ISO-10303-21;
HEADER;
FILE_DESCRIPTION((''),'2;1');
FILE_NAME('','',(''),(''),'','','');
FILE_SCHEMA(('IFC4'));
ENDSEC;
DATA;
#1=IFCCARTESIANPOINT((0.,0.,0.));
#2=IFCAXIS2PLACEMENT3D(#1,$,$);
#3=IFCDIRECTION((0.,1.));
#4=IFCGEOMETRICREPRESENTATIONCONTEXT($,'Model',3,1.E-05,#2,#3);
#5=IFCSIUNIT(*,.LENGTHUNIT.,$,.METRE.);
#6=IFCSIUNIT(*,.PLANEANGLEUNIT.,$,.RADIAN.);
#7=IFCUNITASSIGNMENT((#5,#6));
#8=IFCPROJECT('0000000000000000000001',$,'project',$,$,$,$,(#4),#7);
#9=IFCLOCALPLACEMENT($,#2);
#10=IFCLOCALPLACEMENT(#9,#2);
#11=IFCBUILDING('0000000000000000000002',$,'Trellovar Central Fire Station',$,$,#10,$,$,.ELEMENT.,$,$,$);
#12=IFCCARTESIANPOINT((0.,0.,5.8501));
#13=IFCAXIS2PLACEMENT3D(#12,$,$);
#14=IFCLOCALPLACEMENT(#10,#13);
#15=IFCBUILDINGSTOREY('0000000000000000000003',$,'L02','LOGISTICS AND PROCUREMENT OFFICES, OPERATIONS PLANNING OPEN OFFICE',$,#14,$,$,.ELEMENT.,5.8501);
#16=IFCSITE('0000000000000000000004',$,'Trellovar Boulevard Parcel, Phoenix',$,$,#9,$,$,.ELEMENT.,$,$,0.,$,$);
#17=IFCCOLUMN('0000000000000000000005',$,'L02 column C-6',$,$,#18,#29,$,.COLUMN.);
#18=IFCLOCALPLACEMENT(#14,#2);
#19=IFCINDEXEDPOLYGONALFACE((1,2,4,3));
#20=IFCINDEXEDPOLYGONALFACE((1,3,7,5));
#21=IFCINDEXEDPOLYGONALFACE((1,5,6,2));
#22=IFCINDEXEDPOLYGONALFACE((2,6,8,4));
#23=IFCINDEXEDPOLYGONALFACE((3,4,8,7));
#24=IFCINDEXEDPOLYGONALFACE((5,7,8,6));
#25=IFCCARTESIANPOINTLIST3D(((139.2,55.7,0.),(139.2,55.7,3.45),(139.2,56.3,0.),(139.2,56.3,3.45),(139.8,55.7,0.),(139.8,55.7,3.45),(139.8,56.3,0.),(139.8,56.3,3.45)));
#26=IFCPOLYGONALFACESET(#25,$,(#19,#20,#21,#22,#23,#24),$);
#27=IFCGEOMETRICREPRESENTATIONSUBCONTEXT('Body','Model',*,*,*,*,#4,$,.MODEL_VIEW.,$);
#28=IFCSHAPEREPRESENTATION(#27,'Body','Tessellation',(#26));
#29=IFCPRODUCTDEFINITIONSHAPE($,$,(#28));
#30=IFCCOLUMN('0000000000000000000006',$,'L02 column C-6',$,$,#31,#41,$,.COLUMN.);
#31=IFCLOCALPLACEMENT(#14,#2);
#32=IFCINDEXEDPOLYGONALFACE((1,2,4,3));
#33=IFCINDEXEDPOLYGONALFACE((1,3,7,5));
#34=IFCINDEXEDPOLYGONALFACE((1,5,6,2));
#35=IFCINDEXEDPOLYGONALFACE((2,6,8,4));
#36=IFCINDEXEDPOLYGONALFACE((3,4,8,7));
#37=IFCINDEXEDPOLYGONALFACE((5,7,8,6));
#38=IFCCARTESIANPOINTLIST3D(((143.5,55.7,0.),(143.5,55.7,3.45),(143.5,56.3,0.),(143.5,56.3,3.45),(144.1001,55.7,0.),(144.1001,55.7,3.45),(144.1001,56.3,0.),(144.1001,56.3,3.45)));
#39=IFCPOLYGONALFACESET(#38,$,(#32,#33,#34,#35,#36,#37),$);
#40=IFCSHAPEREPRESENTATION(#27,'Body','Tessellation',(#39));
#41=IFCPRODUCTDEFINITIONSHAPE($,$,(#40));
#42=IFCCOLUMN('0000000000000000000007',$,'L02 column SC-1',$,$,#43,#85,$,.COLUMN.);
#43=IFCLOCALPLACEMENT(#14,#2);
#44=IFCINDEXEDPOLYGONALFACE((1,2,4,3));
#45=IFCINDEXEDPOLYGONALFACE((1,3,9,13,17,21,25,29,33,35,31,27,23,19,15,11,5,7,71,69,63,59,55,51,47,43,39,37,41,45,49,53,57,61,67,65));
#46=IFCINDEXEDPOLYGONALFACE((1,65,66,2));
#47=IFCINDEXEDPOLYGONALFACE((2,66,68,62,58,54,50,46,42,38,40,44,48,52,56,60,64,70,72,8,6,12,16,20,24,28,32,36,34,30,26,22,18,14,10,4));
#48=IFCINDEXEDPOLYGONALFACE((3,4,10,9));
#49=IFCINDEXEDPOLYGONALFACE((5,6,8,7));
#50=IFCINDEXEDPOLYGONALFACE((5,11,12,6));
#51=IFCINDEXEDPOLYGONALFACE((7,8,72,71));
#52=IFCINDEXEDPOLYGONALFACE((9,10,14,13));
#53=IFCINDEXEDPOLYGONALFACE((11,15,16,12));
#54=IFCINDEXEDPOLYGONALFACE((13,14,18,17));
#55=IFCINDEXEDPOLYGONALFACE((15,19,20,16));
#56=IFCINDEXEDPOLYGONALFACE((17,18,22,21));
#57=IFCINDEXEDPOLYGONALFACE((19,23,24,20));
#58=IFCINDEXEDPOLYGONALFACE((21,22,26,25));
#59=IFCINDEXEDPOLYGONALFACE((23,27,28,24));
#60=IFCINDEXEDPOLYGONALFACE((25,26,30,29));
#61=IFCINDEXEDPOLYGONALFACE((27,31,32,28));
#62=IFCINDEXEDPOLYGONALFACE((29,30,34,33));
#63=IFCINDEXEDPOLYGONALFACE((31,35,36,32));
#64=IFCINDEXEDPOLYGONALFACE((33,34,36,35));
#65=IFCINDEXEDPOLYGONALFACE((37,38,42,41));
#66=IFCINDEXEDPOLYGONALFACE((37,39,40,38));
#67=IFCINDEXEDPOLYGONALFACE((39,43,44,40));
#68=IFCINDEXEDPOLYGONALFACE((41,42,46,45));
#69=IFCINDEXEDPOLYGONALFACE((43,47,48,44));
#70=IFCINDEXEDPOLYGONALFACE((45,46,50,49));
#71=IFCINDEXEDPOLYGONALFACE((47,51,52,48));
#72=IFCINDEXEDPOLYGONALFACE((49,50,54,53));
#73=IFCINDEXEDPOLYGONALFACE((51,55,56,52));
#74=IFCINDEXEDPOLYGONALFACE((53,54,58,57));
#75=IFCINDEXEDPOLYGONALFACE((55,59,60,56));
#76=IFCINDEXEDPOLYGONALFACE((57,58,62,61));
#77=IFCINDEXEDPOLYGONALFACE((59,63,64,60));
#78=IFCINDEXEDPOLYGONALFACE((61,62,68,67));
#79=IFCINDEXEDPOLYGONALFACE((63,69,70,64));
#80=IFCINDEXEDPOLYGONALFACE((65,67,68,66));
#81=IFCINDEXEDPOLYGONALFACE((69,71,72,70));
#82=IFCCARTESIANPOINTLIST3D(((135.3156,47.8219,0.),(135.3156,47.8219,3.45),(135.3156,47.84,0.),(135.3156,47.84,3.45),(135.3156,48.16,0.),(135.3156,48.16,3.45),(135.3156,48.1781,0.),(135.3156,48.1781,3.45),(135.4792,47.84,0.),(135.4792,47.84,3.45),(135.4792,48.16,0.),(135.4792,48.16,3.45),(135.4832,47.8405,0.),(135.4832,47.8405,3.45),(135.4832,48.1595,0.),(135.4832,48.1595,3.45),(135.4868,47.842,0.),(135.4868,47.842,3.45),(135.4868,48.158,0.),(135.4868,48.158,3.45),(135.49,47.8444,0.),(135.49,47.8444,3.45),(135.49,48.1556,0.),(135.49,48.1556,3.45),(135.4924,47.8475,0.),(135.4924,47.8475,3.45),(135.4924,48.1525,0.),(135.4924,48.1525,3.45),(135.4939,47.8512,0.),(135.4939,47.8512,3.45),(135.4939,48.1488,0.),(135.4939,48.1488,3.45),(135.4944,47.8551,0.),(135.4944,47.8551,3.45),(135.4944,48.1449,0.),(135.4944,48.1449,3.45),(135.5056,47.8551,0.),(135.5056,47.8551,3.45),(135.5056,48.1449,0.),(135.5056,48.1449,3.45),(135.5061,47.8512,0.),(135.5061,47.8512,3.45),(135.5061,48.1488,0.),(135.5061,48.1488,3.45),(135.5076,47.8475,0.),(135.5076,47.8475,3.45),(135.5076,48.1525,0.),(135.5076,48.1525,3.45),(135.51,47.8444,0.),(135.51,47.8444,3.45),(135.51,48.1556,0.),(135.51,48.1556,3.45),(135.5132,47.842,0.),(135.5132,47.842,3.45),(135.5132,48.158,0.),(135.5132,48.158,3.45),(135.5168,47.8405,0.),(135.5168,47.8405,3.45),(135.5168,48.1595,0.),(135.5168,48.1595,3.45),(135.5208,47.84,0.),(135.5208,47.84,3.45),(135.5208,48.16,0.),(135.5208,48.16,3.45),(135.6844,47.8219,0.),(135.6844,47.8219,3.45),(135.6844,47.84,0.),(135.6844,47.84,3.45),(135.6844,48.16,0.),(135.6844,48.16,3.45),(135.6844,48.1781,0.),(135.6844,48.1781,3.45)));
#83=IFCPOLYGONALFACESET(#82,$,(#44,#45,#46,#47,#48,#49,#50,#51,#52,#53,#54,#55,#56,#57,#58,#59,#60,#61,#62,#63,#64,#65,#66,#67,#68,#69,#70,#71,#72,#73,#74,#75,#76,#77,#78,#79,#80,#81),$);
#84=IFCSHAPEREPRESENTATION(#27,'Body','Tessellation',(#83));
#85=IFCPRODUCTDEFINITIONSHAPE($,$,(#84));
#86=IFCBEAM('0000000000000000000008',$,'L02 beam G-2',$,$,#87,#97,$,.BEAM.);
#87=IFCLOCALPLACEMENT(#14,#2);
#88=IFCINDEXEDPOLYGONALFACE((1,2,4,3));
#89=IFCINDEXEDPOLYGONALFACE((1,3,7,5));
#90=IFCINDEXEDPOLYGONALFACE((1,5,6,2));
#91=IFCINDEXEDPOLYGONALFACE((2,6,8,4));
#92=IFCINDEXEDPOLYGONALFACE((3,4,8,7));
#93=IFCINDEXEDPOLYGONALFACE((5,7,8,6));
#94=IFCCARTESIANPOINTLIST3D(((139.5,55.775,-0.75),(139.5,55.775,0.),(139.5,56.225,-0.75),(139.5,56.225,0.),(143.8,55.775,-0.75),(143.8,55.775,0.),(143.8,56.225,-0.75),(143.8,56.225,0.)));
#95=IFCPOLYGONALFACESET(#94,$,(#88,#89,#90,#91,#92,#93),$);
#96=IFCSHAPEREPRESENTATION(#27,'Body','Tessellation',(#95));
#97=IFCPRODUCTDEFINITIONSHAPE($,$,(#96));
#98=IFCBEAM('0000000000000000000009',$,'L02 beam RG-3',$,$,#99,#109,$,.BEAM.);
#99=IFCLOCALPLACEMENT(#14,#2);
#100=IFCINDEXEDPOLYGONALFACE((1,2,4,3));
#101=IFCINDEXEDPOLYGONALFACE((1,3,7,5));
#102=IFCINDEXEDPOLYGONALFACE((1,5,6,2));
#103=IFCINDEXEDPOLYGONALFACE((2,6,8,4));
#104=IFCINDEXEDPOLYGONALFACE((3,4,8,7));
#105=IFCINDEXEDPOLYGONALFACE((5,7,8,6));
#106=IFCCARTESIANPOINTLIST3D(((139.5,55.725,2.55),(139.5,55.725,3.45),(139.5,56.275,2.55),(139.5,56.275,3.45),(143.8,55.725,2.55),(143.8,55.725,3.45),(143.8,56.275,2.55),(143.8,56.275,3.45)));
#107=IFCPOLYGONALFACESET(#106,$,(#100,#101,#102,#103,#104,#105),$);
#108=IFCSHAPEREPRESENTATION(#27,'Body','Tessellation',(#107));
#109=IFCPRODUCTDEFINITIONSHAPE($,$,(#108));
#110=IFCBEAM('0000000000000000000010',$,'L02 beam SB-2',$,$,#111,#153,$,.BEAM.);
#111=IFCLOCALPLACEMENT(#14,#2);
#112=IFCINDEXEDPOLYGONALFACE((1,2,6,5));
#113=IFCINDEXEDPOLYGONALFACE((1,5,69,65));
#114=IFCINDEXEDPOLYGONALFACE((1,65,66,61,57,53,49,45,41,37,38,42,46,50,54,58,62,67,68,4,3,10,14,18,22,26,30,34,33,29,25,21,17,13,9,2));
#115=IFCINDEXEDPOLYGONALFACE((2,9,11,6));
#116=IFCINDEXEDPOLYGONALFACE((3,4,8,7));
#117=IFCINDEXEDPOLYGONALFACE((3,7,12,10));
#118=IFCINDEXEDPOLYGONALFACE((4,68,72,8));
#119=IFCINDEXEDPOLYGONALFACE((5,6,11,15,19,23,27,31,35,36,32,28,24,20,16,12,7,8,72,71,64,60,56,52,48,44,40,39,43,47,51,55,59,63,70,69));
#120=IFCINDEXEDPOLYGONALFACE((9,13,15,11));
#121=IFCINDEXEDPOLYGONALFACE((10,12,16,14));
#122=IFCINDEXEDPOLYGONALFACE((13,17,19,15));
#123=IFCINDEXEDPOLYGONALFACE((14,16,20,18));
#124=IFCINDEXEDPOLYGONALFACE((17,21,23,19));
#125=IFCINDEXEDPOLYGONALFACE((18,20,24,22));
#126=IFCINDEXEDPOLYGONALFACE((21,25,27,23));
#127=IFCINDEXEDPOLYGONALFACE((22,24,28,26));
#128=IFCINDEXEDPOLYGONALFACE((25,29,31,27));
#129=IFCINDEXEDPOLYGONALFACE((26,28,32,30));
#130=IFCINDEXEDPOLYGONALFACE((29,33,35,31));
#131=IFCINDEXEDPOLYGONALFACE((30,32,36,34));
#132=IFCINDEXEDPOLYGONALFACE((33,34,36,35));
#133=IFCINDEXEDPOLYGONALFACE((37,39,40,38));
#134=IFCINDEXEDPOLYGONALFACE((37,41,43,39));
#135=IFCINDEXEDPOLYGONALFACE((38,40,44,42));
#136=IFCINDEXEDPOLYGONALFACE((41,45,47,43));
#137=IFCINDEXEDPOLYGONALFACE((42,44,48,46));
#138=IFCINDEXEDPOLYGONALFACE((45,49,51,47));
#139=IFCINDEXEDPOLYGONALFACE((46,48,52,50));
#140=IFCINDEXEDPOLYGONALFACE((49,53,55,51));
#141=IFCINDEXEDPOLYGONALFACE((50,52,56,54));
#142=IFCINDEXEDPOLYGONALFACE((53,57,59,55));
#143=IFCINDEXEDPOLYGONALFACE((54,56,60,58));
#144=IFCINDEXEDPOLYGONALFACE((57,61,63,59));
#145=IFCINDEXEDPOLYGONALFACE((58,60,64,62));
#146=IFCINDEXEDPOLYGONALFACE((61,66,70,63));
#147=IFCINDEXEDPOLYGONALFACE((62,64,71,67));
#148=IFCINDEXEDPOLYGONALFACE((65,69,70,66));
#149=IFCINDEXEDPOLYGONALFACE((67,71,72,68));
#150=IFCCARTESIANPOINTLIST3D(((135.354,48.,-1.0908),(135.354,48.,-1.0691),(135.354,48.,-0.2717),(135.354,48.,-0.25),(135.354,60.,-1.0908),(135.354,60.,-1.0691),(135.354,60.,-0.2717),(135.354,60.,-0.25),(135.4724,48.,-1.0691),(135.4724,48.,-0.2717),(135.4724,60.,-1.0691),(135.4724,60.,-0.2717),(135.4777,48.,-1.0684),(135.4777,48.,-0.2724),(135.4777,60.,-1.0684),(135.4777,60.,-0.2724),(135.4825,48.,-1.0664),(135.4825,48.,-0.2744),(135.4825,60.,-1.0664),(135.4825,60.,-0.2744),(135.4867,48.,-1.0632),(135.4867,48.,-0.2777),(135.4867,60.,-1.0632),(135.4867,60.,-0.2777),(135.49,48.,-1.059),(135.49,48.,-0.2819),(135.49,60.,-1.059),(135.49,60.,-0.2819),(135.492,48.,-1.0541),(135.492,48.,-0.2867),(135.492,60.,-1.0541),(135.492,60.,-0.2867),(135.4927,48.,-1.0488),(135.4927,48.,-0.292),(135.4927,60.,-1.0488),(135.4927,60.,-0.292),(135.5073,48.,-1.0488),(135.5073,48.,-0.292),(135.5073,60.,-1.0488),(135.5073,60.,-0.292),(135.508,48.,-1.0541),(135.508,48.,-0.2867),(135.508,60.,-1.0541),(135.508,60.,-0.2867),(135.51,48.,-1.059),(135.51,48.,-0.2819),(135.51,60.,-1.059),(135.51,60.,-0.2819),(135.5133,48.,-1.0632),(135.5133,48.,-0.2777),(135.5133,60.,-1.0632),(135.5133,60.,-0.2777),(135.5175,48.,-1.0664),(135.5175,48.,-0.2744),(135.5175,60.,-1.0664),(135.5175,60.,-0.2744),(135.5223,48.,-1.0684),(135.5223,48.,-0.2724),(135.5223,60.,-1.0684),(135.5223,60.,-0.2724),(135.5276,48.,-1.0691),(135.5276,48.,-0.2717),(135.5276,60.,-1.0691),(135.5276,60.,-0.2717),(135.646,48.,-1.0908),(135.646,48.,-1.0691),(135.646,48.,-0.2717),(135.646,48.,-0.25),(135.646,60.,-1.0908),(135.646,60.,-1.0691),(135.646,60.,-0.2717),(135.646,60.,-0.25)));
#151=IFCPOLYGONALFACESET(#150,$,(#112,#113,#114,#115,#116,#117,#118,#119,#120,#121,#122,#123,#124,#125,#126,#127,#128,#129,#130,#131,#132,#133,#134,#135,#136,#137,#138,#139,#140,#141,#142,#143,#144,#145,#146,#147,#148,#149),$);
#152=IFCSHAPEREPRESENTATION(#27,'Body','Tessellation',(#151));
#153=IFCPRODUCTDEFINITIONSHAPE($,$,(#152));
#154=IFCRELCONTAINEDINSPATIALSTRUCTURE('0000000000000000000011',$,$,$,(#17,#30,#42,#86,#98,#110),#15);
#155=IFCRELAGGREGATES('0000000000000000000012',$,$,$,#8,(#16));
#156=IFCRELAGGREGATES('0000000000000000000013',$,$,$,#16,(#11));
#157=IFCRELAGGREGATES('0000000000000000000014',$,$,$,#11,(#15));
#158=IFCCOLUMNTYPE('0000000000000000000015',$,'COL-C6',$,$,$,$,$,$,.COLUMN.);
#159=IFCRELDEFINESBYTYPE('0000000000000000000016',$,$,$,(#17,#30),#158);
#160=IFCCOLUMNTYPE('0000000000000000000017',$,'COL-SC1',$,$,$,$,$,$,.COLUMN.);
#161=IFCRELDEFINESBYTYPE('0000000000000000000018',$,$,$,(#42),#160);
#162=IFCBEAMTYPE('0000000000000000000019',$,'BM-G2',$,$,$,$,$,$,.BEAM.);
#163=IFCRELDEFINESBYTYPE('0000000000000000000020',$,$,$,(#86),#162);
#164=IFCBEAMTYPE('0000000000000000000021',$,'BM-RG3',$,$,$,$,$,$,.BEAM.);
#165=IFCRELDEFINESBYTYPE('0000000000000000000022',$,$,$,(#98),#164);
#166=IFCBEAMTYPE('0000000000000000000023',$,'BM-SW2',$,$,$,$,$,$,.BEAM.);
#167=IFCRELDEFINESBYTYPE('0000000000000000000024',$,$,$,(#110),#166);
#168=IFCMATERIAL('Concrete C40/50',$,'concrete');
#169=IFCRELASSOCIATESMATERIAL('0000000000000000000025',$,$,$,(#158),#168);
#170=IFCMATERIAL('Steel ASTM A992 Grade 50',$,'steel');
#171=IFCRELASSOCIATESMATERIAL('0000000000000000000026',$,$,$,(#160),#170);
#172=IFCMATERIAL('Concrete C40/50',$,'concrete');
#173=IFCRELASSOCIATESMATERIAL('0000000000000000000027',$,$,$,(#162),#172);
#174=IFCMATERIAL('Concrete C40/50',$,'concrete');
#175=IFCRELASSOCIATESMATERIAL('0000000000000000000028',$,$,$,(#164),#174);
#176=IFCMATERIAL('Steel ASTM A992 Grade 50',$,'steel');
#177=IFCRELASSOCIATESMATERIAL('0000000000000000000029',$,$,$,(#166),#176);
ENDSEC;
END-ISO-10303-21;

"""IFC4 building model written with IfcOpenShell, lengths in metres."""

from ifc_helpers import new_model, si_unit, direction, frame, origin, origin_2d, place, context, subcontext, project, spatial, rectangle, i_section, extrude, material, material_profile, profile_set, type_object, element, save


model = new_model("IFC4")

# Units and contexts
model_context = context("Model", 3, precision=1e-05, world=origin(), true_north=direction((0.0, 1.0)))
body_context = subcontext(model_context, "Body", "Model", "MODEL_VIEW")
ifc_project = project(units=[si_unit("LENGTHUNIT", "METRE"), si_unit("PLANEANGLEUNIT", "RADIAN")], contexts=[model_context])

# Site, building, storey
site_placement = place(None, origin())
site = spatial("IfcSite", under=ifc_project, at=site_placement, Name="Trellovar Boulevard Parcel, Phoenix", CompositionType="ELEMENT", RefElevation=0.0)
building_placement = place(site_placement, origin())
building = spatial("IfcBuilding", under=site, at=building_placement, Name="Trellovar Central Fire Station", CompositionType="ELEMENT")
storey_placement = place(building_placement, frame((0.0, 0.0, 5.8501)))
storey = spatial("IfcBuildingStorey", under=building, at=storey_placement, Name="L02", Description="LOGISTICS AND PROCUREMENT OFFICES, OPERATIONS PLANNING OPEN OFFICE", CompositionType="ELEMENT", Elevation=5.8501)

# Columns
ifc_material_1 = material(Name="Concrete C40/50", Category="concrete")
ifc_material_profile_1 = material_profile(ifc_material_1, rectangle(XDim=0.6001, YDim=0.6001, at=origin_2d()), Name="RC600X600")
ifc_profile_set_1 = profile_set([ifc_material_profile_1], Name="Concrete C40/50")
column_type_1 = type_object("IfcColumnType", Name="COL-C6", PredefinedType="COLUMN", material=ifc_profile_set_1)
for number, where, z_axis, x_axis, name in (
    (1, (139.5, 56.0, 0.0), (0.0, 0.0, 1.0), (1.0, 0.0, 0.0), "L02 column C-6"),
    (2, (143.8, 56.0, 0.0), (0.0, 0.0, 1.0), (1.0, 0.0, 0.0), "L02 column C-6"),
):
    element("IfcColumn", number, at=place(storey_placement, frame(where, z_axis=z_axis, x_axis=x_axis)), inside=storey, type_object=column_type_1, Name=name, PredefinedType="COLUMN", context=body_context, shape_type="SweptSolid", body=[
        extrude(rectangle(XDim=0.6001, YDim=0.6001, at=origin_2d()), origin(), (0.0, 0.0, 1.0), 3.45),
    ])
ifc_material_2 = material(Name="Steel ASTM A992 Grade 50", Category="steel")
ifc_material_profile_2 = material_profile(ifc_material_2, i_section(OverallWidth=0.3689, OverallDepth=0.3562, WebThickness=0.0112, FlangeThickness=0.0181, FilletRadius=0.0151, at=origin_2d()), Name="W14X90")
ifc_profile_set_2 = profile_set([ifc_material_profile_2], Name="Steel ASTM A992 Grade 50")
column_type_2 = type_object("IfcColumnType", Name="COL-SC1", PredefinedType="COLUMN", material=ifc_profile_set_2)
column_placement = place(storey_placement, frame((135.5, 48.0, 0.0), z_axis=(0.0, 0.0, 1.0), x_axis=(1.0, 0.0, 0.0)))
element("IfcColumn", 3, at=column_placement, inside=storey, type_object=column_type_2, Name="L02 column SC-1", PredefinedType="COLUMN", context=body_context, shape_type="SweptSolid", body=[
    extrude(i_section(OverallWidth=0.3689, OverallDepth=0.3562, WebThickness=0.0112, FlangeThickness=0.0181, FilletRadius=0.0151, at=origin_2d()), origin(), (0.0, 0.0, 1.0), 3.45),
])

# Beams
ifc_material_3 = material(Name="Concrete C40/50", Category="concrete")
ifc_material_profile_3 = material_profile(ifc_material_3, rectangle(XDim=0.45, YDim=0.75, at=origin_2d()), Name="RC450X750")
ifc_profile_set_3 = profile_set([ifc_material_profile_3], Name="Concrete C40/50")
beam_type_1 = type_object("IfcBeamType", Name="BM-G2", PredefinedType="BEAM", material=ifc_profile_set_3)
beam_1_placement = place(storey_placement, frame((139.5, 56.0, -0.375), z_axis=(1.0, 0.0, 0.0), x_axis=(0.0, 1.0, 0.0)))
element("IfcBeam", 4, at=beam_1_placement, inside=storey, type_object=beam_type_1, Name="L02 beam G-2", PredefinedType="BEAM", context=body_context, shape_type="SweptSolid", body=[
    extrude(rectangle(XDim=0.45, YDim=0.75, at=origin_2d()), origin(), (0.0, 0.0, 1.0), 4.3),
])
ifc_material_4 = material(Name="Concrete C40/50", Category="concrete")
ifc_material_profile_4 = material_profile(ifc_material_4, rectangle(XDim=0.55, YDim=0.8999, at=origin_2d()), Name="RC550X900")
ifc_profile_set_4 = profile_set([ifc_material_profile_4], Name="Concrete C40/50")
beam_type_2 = type_object("IfcBeamType", Name="BM-RG3", PredefinedType="BEAM", material=ifc_profile_set_4)
beam_2_placement = place(storey_placement, frame((139.5, 56.0, 3.0), z_axis=(1.0, 0.0, 0.0), x_axis=(0.0, 1.0, 0.0)))
element("IfcBeam", 5, at=beam_2_placement, inside=storey, type_object=beam_type_2, Name="L02 beam RG-3", PredefinedType="BEAM", context=body_context, shape_type="SweptSolid", body=[
    extrude(rectangle(XDim=0.55, YDim=0.8999, at=origin_2d()), origin(), (0.0, 0.0, 1.0), 4.3),
])
ifc_material_5 = material(Name="Steel ASTM A992 Grade 50", Category="steel")
ifc_material_profile_5 = material_profile(ifc_material_5, i_section(OverallWidth=0.292, OverallDepth=0.8408, WebThickness=0.0146, FlangeThickness=0.0217, FilletRadius=0.0203, at=origin_2d()), Name="W33X130")
ifc_profile_set_5 = profile_set([ifc_material_profile_5], Name="Steel ASTM A992 Grade 50")
beam_type_3 = type_object("IfcBeamType", Name="BM-SW2", PredefinedType="BEAM", material=ifc_profile_set_5)
beam_3_placement = place(storey_placement, frame((135.5, 48.0, -0.6704), z_axis=(0.0, 1.0, 0.0), x_axis=(-1.0, 0.0, 0.0)))
element("IfcBeam", 6, at=beam_3_placement, inside=storey, type_object=beam_type_3, Name="L02 beam SB-2", PredefinedType="BEAM", context=body_context, shape_type="SweptSolid", body=[
    extrude(i_section(OverallWidth=0.292, OverallDepth=0.8408, WebThickness=0.0146, FlangeThickness=0.0217, FilletRadius=0.0203, at=origin_2d()), origin(), (0.0, 0.0, 1.0), 12.0),
])

save(model, "model.ifc")
